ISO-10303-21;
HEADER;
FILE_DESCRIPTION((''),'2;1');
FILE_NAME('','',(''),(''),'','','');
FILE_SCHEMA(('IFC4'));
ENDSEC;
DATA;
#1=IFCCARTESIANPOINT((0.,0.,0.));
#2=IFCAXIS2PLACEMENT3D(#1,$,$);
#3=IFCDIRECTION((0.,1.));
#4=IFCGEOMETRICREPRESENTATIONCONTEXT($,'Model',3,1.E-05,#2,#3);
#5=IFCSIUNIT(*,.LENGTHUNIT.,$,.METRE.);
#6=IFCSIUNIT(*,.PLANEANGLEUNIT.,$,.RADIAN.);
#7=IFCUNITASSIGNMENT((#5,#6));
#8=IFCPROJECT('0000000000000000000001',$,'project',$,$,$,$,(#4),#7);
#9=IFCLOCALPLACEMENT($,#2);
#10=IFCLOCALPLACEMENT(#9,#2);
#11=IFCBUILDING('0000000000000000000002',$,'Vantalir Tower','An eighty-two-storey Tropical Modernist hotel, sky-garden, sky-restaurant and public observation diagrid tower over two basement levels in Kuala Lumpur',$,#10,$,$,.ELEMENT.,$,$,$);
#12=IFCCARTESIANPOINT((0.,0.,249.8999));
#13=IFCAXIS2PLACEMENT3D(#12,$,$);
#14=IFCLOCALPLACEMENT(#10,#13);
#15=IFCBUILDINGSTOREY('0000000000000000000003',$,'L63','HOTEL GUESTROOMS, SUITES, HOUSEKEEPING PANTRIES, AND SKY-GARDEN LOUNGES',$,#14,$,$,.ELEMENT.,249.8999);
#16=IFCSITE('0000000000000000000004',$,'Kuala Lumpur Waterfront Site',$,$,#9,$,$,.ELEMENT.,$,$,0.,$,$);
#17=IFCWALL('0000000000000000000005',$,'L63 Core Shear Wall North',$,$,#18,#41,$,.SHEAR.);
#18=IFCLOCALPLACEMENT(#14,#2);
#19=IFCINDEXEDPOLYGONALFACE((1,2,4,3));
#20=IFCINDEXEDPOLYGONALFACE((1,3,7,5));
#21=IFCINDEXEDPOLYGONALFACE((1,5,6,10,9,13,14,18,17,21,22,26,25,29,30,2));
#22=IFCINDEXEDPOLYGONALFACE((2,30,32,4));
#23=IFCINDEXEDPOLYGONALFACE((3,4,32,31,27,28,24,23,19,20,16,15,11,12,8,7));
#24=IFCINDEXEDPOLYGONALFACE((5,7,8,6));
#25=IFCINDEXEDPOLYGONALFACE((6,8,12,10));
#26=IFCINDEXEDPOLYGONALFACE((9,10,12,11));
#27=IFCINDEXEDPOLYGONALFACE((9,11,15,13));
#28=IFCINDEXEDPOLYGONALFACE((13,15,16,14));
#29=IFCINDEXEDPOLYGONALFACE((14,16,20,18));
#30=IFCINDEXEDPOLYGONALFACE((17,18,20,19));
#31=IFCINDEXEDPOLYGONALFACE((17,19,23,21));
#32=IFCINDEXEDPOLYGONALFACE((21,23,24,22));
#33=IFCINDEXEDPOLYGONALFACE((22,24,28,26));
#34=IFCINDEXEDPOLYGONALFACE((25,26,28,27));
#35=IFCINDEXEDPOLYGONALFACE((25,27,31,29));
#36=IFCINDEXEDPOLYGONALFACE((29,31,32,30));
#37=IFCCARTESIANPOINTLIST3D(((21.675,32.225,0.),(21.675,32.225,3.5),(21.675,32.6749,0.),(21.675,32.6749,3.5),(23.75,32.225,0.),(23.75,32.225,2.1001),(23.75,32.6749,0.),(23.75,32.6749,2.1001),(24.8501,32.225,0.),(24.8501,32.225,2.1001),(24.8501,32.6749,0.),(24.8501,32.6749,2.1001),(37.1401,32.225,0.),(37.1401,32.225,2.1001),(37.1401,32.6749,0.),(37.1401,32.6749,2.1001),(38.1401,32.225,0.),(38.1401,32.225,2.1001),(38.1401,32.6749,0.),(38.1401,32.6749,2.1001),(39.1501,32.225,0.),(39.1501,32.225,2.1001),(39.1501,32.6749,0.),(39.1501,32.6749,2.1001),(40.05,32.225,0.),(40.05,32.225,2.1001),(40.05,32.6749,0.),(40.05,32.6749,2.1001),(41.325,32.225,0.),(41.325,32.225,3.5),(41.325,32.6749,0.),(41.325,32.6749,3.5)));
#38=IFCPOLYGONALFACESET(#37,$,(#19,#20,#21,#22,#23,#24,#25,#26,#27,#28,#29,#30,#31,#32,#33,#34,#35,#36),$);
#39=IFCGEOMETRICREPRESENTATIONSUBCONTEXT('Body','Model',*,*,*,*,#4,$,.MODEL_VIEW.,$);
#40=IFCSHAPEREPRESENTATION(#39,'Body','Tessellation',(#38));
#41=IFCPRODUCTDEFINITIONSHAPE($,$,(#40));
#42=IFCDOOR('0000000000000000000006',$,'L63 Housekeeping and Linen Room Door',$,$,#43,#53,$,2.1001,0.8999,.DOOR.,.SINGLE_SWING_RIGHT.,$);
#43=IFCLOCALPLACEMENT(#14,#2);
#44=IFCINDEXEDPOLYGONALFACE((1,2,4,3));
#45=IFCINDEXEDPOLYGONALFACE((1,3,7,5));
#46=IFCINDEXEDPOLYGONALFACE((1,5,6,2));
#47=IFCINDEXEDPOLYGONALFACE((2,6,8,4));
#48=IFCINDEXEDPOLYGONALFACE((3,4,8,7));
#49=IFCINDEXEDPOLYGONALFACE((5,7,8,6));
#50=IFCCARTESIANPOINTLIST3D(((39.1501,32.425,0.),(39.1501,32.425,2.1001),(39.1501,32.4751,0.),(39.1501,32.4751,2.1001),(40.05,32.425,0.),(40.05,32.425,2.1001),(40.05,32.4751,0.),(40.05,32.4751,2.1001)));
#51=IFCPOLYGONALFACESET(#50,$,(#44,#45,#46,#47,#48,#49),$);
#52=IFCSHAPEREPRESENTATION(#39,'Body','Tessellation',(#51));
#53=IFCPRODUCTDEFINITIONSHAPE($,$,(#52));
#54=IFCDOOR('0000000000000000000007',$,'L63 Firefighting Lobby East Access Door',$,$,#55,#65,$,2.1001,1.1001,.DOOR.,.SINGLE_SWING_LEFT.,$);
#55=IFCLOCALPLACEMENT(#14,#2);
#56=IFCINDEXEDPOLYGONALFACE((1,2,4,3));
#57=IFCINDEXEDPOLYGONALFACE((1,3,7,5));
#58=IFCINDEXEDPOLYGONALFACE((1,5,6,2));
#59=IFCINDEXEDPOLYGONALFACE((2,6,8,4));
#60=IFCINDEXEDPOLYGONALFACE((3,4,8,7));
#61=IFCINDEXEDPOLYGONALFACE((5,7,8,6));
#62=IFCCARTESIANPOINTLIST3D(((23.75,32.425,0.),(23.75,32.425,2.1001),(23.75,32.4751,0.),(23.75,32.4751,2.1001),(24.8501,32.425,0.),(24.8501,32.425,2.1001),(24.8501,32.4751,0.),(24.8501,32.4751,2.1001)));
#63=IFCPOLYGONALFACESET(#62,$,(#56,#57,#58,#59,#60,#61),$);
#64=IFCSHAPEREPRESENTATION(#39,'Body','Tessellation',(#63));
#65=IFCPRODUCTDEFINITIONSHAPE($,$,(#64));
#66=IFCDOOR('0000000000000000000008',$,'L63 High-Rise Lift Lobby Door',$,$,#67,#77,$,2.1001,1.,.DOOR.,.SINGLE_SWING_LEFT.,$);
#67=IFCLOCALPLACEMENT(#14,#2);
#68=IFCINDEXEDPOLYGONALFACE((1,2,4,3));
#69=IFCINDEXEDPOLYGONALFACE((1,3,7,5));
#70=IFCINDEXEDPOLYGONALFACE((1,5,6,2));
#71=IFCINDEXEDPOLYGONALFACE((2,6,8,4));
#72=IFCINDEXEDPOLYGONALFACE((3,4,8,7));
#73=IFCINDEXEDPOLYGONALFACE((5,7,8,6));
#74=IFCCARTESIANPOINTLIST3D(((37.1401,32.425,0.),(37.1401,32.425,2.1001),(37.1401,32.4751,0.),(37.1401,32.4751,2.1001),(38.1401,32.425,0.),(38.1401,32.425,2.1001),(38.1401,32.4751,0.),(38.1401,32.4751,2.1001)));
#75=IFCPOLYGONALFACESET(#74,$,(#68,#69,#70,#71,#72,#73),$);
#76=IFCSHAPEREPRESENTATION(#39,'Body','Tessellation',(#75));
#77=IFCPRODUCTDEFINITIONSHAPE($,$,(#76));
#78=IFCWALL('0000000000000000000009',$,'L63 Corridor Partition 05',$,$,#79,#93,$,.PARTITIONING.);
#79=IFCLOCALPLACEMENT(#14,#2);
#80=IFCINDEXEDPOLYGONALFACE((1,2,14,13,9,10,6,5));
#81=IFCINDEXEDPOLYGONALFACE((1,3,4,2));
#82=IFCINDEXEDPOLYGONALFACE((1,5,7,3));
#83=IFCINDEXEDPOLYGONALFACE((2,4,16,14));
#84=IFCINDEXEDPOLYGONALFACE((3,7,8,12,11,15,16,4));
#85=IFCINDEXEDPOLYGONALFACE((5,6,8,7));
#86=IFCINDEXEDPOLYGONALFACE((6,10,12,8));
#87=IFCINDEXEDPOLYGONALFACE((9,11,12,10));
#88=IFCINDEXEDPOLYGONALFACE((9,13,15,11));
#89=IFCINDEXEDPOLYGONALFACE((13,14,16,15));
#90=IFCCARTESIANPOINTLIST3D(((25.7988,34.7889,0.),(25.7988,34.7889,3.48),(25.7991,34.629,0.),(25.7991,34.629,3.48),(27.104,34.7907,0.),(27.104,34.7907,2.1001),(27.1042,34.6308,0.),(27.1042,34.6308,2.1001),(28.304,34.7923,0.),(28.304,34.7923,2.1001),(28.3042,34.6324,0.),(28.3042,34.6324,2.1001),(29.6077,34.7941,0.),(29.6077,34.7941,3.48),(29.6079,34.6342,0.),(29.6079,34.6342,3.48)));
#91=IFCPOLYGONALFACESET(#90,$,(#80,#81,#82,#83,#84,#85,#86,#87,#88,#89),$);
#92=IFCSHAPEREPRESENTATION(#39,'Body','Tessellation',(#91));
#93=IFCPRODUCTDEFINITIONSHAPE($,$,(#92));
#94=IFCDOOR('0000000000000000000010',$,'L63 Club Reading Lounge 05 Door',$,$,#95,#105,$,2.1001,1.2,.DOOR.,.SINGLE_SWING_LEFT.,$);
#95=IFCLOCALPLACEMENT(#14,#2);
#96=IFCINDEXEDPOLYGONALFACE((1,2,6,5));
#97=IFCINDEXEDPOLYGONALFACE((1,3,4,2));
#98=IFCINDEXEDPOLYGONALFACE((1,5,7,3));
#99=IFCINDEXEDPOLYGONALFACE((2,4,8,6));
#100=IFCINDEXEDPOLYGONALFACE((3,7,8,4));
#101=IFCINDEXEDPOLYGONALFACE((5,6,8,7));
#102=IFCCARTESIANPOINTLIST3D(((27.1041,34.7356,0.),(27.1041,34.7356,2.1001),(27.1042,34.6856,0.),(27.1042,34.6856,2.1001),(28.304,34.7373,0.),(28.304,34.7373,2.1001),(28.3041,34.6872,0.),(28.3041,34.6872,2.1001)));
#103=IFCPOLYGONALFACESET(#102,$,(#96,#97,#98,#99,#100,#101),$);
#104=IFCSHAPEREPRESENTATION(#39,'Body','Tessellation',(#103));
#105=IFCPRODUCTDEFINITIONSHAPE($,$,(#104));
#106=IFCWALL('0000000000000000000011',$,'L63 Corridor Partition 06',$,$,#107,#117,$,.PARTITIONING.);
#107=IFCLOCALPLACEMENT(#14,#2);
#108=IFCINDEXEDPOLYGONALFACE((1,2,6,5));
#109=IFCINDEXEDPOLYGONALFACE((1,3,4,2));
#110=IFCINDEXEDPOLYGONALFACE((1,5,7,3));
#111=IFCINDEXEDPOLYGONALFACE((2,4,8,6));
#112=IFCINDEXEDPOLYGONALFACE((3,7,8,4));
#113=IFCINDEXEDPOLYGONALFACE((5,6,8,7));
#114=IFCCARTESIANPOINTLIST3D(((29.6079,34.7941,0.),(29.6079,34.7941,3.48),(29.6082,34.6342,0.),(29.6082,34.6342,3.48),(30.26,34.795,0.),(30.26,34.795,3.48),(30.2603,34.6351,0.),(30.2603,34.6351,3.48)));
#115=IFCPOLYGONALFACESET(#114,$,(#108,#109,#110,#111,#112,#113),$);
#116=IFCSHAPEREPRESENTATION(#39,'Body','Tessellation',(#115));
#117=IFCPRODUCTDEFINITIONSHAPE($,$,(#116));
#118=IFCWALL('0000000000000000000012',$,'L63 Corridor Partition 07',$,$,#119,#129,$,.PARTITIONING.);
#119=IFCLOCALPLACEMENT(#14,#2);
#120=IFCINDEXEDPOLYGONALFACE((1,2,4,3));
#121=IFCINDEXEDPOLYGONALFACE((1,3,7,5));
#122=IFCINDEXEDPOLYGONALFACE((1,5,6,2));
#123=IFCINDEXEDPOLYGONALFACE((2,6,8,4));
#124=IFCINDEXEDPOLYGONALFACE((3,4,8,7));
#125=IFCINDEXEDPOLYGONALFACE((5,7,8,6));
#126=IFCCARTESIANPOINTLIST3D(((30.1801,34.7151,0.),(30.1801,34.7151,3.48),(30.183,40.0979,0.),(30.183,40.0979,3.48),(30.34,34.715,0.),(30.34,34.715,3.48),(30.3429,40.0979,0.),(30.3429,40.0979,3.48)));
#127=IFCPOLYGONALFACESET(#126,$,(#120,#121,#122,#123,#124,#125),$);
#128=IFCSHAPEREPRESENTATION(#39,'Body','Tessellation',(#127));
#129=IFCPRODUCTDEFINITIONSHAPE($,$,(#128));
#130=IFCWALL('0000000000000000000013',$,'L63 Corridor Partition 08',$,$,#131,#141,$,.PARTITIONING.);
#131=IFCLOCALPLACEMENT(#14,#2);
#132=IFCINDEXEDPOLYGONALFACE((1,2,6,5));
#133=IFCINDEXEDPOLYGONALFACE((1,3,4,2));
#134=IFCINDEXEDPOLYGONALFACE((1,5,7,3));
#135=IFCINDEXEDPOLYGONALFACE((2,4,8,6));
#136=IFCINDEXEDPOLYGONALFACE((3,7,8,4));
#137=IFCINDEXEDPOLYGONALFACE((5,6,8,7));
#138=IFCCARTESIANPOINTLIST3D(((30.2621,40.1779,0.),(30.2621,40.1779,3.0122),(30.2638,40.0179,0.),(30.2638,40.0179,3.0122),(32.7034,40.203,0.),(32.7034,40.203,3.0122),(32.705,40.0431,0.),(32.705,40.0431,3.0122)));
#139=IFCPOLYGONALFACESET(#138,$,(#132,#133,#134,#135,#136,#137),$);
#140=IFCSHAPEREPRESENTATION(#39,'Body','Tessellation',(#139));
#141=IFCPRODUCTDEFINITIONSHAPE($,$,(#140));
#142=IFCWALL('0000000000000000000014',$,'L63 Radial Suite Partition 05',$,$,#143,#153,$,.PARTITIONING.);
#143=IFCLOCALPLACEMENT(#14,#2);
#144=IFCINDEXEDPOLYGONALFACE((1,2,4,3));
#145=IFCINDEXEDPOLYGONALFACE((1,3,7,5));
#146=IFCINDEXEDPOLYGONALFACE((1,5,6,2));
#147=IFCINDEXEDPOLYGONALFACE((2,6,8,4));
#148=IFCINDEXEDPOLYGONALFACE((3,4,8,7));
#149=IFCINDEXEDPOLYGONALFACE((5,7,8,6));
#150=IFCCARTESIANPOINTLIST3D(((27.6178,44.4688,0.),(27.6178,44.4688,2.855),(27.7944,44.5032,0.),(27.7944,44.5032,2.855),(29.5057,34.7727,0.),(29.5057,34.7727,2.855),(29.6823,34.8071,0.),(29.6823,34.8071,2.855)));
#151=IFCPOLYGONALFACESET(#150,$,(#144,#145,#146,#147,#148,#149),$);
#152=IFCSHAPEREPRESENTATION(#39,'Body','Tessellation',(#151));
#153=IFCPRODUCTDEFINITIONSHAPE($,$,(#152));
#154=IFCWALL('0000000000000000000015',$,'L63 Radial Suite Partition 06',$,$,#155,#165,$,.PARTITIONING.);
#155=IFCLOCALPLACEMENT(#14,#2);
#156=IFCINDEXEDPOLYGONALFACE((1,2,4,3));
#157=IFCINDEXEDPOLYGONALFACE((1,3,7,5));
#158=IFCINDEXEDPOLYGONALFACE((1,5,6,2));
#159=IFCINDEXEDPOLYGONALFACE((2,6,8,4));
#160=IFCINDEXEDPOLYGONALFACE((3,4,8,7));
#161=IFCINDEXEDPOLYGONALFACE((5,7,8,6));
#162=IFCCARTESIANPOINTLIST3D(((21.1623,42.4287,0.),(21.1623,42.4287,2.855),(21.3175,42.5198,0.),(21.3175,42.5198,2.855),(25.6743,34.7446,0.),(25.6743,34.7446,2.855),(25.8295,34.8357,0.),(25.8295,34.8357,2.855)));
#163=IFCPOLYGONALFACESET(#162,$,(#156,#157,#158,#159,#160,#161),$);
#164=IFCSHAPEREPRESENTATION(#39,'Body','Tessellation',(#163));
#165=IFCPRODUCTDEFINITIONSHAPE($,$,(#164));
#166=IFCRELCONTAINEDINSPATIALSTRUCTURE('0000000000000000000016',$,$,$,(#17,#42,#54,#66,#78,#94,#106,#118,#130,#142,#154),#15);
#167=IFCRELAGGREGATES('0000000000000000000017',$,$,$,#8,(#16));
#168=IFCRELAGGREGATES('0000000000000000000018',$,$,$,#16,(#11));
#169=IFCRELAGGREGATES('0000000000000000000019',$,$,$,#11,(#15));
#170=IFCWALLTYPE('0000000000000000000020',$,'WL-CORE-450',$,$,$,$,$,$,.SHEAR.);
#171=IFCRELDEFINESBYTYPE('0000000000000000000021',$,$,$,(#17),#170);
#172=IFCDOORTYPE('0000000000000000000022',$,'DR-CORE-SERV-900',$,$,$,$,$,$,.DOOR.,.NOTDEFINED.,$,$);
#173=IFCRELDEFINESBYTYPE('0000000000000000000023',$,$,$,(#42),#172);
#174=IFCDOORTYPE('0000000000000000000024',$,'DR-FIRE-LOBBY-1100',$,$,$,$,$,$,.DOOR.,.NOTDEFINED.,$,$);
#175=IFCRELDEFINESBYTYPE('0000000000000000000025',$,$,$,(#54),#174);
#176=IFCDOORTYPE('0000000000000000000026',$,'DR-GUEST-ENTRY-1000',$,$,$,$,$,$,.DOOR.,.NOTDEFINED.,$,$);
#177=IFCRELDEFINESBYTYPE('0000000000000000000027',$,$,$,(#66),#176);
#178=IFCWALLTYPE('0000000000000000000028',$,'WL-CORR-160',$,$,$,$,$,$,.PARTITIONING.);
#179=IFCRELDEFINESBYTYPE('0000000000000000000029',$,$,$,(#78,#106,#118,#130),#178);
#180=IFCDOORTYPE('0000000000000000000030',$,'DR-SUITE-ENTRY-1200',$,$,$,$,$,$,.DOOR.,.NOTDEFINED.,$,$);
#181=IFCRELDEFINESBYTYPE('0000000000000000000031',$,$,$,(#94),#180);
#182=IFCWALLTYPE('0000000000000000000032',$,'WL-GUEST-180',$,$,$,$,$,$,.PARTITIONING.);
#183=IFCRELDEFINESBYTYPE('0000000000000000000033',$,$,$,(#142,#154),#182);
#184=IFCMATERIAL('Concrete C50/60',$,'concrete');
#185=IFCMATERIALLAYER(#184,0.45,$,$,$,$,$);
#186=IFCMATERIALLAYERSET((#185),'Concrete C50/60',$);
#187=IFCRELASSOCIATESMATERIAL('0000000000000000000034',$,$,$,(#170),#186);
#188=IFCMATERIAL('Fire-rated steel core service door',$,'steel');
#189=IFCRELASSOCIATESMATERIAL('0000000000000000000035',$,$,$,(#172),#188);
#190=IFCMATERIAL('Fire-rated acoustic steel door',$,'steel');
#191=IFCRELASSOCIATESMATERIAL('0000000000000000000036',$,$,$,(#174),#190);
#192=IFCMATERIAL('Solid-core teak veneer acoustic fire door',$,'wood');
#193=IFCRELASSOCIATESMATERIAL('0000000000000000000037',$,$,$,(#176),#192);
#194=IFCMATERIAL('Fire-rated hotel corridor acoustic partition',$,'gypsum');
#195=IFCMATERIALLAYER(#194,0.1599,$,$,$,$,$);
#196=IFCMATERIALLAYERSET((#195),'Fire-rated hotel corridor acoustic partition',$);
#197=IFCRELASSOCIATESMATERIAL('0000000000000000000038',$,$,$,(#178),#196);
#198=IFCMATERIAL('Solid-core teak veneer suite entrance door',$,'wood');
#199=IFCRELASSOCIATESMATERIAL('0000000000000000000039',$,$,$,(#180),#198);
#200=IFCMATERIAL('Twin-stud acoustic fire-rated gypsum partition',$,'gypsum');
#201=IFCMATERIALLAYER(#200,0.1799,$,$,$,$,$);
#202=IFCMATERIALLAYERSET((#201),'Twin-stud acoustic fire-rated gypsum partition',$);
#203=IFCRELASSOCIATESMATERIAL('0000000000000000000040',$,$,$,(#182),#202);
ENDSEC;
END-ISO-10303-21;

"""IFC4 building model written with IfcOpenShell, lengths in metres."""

from ifc_helpers import new_model, si_unit, direction, frame, frame_2d, origin, place, context, subcontext, project, spatial, rectangle, extrude, material, layer, layer_set, type_object, element, fill, save


model = new_model("IFC4")

# Units and contexts
model_context = context("Model", 3, precision=1e-05, world=origin(), true_north=direction((0.0, 1.0)))
body_context = subcontext(model_context, "Body", "Model", "MODEL_VIEW")
ifc_project = project(units=[si_unit("LENGTHUNIT", "METRE"), si_unit("PLANEANGLEUNIT", "RADIAN")], contexts=[model_context])

# Site, building, storey
site_placement = place(None, origin())
site = spatial("IfcSite", under=ifc_project, at=site_placement, Name="Kuala Lumpur Waterfront Site", CompositionType="ELEMENT", RefElevation=0.0)
building_placement = place(site_placement, origin())
building = spatial("IfcBuilding", under=site, at=building_placement, Name="Vantalir Tower", Description="An eighty-two-storey Tropical Modernist hotel, sky-garden, sky-restaurant and public observation diagrid tower over two basement levels in Kuala Lumpur", CompositionType="ELEMENT")
storey_placement = place(building_placement, frame((0.0, 0.0, 249.8999)))
storey = spatial("IfcBuildingStorey", under=building, at=storey_placement, Name="L63", Description="HOTEL GUESTROOMS, SUITES, HOUSEKEEPING PANTRIES, AND SKY-GARDEN LOUNGES", CompositionType="ELEMENT", Elevation=249.8999)

# Shared definitions
ifc_material_1 = material(Name="Concrete C50/60", Category="concrete")

# Wall, openings, doors
ifc_layer_1 = layer(ifc_material_1, 0.45)
ifc_layer_set_1 = layer_set([ifc_layer_1], Name="Concrete C50/60")
wall_type_1 = type_object("IfcWallType", Name="WL-CORE-450", PredefinedType="SHEAR", material=ifc_layer_set_1)
wall_1_placement = place(storey_placement, frame((21.675, 32.45, 0.0), z_axis=(0.0, 0.0, 1.0), x_axis=(1.0, 0.0, 0.0)))
wall_1 = element("IfcWall", 1, at=wall_1_placement, inside=storey, type_object=wall_type_1, Name="L63 Core Shear Wall North", PredefinedType="SHEAR", context=body_context, shape_type="SweptSolid", body=[
    extrude(rectangle(XDim=19.6499, YDim=0.45, at=frame_2d((9.825, 0.0))), origin(), (0.0, 0.0, 1.0), 3.5),
])
opening_1_placement = place(wall_1_placement, frame((2.075, 0.0, 0.0)))
opening_1 = element("IfcOpeningElement", 2, at=opening_1_placement, cuts=wall_1, PredefinedType="OPENING", context=body_context, shape_type="SweptSolid", body=[
    extrude(rectangle(XDim=1.1001, YDim=2.1001, at=frame_2d((0.55, 1.05))), frame((0.0, 0.2349, 0.0), z_axis=(0.0, -1.0, 0.0), x_axis=(1.0, 0.0, 0.0)), (0.0, 0.0, 1.0), 0.47),
])
opening_2_placement = place(wall_1_placement, frame((15.4651, 0.0, 0.0)))
opening_2 = element("IfcOpeningElement", 3, at=opening_2_placement, cuts=wall_1, PredefinedType="OPENING", context=body_context, shape_type="SweptSolid", body=[
    extrude(rectangle(XDim=1.0, YDim=2.1001, at=frame_2d((0.5, 1.05))), frame((0.0, 0.2349, 0.0), z_axis=(0.0, -1.0, 0.0), x_axis=(1.0, 0.0, 0.0)), (0.0, 0.0, 1.0), 0.47),
])
opening_3_placement = place(wall_1_placement, frame((17.4751, 0.0, 0.0)))
opening_3 = element("IfcOpeningElement", 4, at=opening_3_placement, cuts=wall_1, PredefinedType="OPENING", context=body_context, shape_type="SweptSolid", body=[
    extrude(rectangle(XDim=0.8999, YDim=2.1001, at=frame_2d((0.45, 1.05))), frame((0.0, 0.2349, 0.0), z_axis=(0.0, -1.0, 0.0), x_axis=(1.0, 0.0, 0.0)), (0.0, 0.0, 1.0), 0.47),
])
ifc_material_2 = material(Name="Fire-rated steel core service door", Category="steel")
door_type_1 = type_object("IfcDoorType", Name="DR-CORE-SERV-900", OperationType="NOTDEFINED", PredefinedType="DOOR", material=ifc_material_2)
door_1_placement = place(opening_3_placement, frame((0.8999, 0.0, 0.0), z_axis=(0.0, 0.0, 1.0), x_axis=(-1.0, 0.0, 0.0)))
door_1 = element("IfcDoor", 5, at=door_1_placement, inside=storey, type_object=door_type_1, Name="L63 Housekeeping and Linen Room Door", OperationType="SINGLE_SWING_RIGHT", OverallHeight=2.1001, OverallWidth=0.8999, PredefinedType="DOOR", context=body_context, shape_type="SweptSolid", body=[
    extrude(rectangle(XDim=0.8999, YDim=2.1001, at=frame_2d((0.45, 1.05))), frame((0.0, 0.0249, 0.0), z_axis=(0.0, -1.0, 0.0), x_axis=(1.0, 0.0, 0.0)), (0.0, 0.0, 1.0), 0.05),
])
fill(opening_3, door_1)
ifc_material_3 = material(Name="Fire-rated acoustic steel door", Category="steel")
door_type_2 = type_object("IfcDoorType", Name="DR-FIRE-LOBBY-1100", OperationType="NOTDEFINED", PredefinedType="DOOR", material=ifc_material_3)
door_2_placement = place(opening_1_placement, frame((1.1001, 0.0, 0.0), z_axis=(0.0, 0.0, 1.0), x_axis=(-1.0, 0.0, 0.0)))
door_2 = element("IfcDoor", 6, at=door_2_placement, inside=storey, type_object=door_type_2, Name="L63 Firefighting Lobby East Access Door", OperationType="SINGLE_SWING_LEFT", OverallHeight=2.1001, OverallWidth=1.1001, PredefinedType="DOOR", context=body_context, shape_type="SweptSolid", body=[
    extrude(rectangle(XDim=1.1001, YDim=2.1001, at=frame_2d((0.55, 1.05))), frame((0.0, 0.0249, 0.0), z_axis=(0.0, -1.0, 0.0), x_axis=(1.0, 0.0, 0.0)), (0.0, 0.0, 1.0), 0.05),
])
fill(opening_1, door_2)
ifc_material_4 = material(Name="Solid-core teak veneer acoustic fire door", Category="wood")
door_type_3 = type_object("IfcDoorType", Name="DR-GUEST-ENTRY-1000", OperationType="NOTDEFINED", PredefinedType="DOOR", material=ifc_material_4)
door_3_placement = place(opening_2_placement, frame((1.0, 0.0, 0.0), z_axis=(0.0, 0.0, 1.0), x_axis=(-1.0, 0.0, 0.0)))
door_3 = element("IfcDoor", 7, at=door_3_placement, inside=storey, type_object=door_type_3, Name="L63 High-Rise Lift Lobby Door", OperationType="SINGLE_SWING_LEFT", OverallHeight=2.1001, OverallWidth=1.0, PredefinedType="DOOR", context=body_context, shape_type="SweptSolid", body=[
    extrude(rectangle(XDim=1.0, YDim=2.1001, at=frame_2d((0.5, 1.05))), frame((0.0, 0.0249, 0.0), z_axis=(0.0, -1.0, 0.0), x_axis=(1.0, 0.0, 0.0)), (0.0, 0.0, 1.0), 0.05),
])
fill(opening_2, door_3)

# Wall, opening, door
ifc_material_5 = material(Name="Fire-rated hotel corridor acoustic partition", Category="gypsum")
ifc_layer_2 = layer(ifc_material_5, 0.1599)
ifc_layer_set_2 = layer_set([ifc_layer_2], Name="Fire-rated hotel corridor acoustic partition")
wall_type_2 = type_object("IfcWallType", Name="WL-CORR-160", PredefinedType="PARTITIONING", material=ifc_layer_set_2)
wall_2_placement = place(storey_placement, frame((25.7991, 34.709, 0.0), z_axis=(0.0, 0.0, 1.0), x_axis=(0.999999, 0.001346, 0.0)))
wall_2 = element("IfcWall", 8, at=wall_2_placement, inside=storey, type_object=wall_type_2, Name="L63 Corridor Partition 05", PredefinedType="PARTITIONING", context=body_context, shape_type="SweptSolid", body=[
    extrude(rectangle(XDim=3.8088, YDim=0.1599, at=frame_2d((1.9043, 0.0))), origin(), (0.0, 0.0, 1.0), 3.48),
])
opening_4_placement = place(wall_2_placement, frame((1.3049, 0.0, 0.0)))
opening_4 = element("IfcOpeningElement", 9, at=opening_4_placement, cuts=wall_2, PredefinedType="OPENING", context=body_context, shape_type="SweptSolid", body=[
    extrude(rectangle(XDim=1.2, YDim=2.1001, at=frame_2d((0.6001, 1.05))), frame((0.0, 0.0898, 0.0), z_axis=(0.0, -1.0, 0.0), x_axis=(1.0, 0.0, 0.0)), (0.0, 0.0, 1.0), 0.1799),
])
ifc_material_6 = material(Name="Solid-core teak veneer suite entrance door", Category="wood")
door_type_4 = type_object("IfcDoorType", Name="DR-SUITE-ENTRY-1200", OperationType="NOTDEFINED", PredefinedType="DOOR", material=ifc_material_6)
door_4_placement = place(opening_4_placement, origin())
door_4 = element("IfcDoor", 10, at=door_4_placement, inside=storey, type_object=door_type_4, Name="L63 Club Reading Lounge 05 Door", OperationType="SINGLE_SWING_LEFT", OverallHeight=2.1001, OverallWidth=1.2, PredefinedType="DOOR", context=body_context, shape_type="SweptSolid", body=[
    extrude(rectangle(XDim=1.2, YDim=2.1001, at=frame_2d((0.6001, 1.05))), frame((0.0, 0.0249, 0.0), z_axis=(0.0, -1.0, 0.0), x_axis=(1.0, 0.0, 0.0)), (0.0, 0.0, 1.0), 0.05),
])
fill(opening_4, door_4)

# Walls
wall_3_placement = place(storey_placement, frame((29.6079, 34.7141, 0.0), z_axis=(0.0, 0.0, 1.0), x_axis=(0.999999, 0.001498, 0.0)))
element("IfcWall", 11, at=wall_3_placement, inside=storey, type_object=wall_type_2, Name="L63 Corridor Partition 06", PredefinedType="PARTITIONING", context=body_context, shape_type="SweptSolid", body=[
    extrude(rectangle(XDim=0.6521, YDim=0.1599, at=frame_2d((0.3262, 0.0))), origin(), (0.0, 0.0, 1.0), 3.48),
])
wall_4_placement = place(storey_placement, frame((30.26, 34.7151, 0.0), z_axis=(0.0, 0.0, 1.0), x_axis=(0.000544, 1.0, 0.0)))
element("IfcWall", 12, at=wall_4_placement, inside=storey, type_object=wall_type_2, Name="L63 Corridor Partition 07", PredefinedType="PARTITIONING", context=body_context, shape_type="SweptSolid", body=[
    extrude(rectangle(XDim=5.3828, YDim=0.1599, at=frame_2d((2.6914, 0.0))), origin(), (0.0, 0.0, 1.0), 3.48),
])
wall_5_placement = place(storey_placement, frame((30.2629, 40.0979, 0.0), z_axis=(0.0, 0.0, 1.0), x_axis=(0.999947, 0.0103, 0.0)))
element("IfcWall", 13, at=wall_5_placement, inside=storey, type_object=wall_type_2, Name="L63 Corridor Partition 08", PredefinedType="PARTITIONING", context=body_context, shape_type="SweptSolid", body=[
    extrude(rectangle(XDim=2.4414, YDim=0.1599, at=frame_2d((1.2207, 0.0))), origin(), (0.0, 0.0, 1.0), 3.0122),
])
ifc_material_7 = material(Name="Twin-stud acoustic fire-rated gypsum partition", Category="gypsum")
ifc_layer_3 = layer(ifc_material_7, 0.1799)
ifc_layer_set_3 = layer_set([ifc_layer_3], Name="Twin-stud acoustic fire-rated gypsum partition")
wall_type_3 = type_object("IfcWallType", Name="WL-GUEST-180", PredefinedType="PARTITIONING", material=ifc_layer_set_3)
wall_6_placement = place(storey_placement, frame((29.594, 34.79, 0.0), z_axis=(0.0, 0.0, 1.0), x_axis=(-0.191123, 0.981566, 0.0)))
element("IfcWall", 14, at=wall_6_placement, inside=storey, type_object=wall_type_3, Name="L63 Radial Suite Partition 05", PredefinedType="PARTITIONING", context=body_context, shape_type="SweptSolid", body=[
    extrude(rectangle(XDim=9.8782, YDim=0.1799, at=frame_2d((4.939, 0.0))), origin(), (0.0, 0.0, 1.0), 2.855),
])
wall_7_placement = place(storey_placement, frame((25.752, 34.79, 0.0), z_axis=(0.0, 0.0, 1.0), x_axis=(-0.506346, 0.86233, 0.0)))
element("IfcWall", 15, at=wall_7_placement, inside=storey, type_object=wall_type_3, Name="L63 Radial Suite Partition 06", PredefinedType="PARTITIONING", context=body_context, shape_type="SweptSolid", body=[
    extrude(rectangle(XDim=8.9109, YDim=0.1799, at=frame_2d((4.4556, 0.0))), origin(), (0.0, 0.0, 1.0), 2.855),
])

save(model, "model.ifc")
